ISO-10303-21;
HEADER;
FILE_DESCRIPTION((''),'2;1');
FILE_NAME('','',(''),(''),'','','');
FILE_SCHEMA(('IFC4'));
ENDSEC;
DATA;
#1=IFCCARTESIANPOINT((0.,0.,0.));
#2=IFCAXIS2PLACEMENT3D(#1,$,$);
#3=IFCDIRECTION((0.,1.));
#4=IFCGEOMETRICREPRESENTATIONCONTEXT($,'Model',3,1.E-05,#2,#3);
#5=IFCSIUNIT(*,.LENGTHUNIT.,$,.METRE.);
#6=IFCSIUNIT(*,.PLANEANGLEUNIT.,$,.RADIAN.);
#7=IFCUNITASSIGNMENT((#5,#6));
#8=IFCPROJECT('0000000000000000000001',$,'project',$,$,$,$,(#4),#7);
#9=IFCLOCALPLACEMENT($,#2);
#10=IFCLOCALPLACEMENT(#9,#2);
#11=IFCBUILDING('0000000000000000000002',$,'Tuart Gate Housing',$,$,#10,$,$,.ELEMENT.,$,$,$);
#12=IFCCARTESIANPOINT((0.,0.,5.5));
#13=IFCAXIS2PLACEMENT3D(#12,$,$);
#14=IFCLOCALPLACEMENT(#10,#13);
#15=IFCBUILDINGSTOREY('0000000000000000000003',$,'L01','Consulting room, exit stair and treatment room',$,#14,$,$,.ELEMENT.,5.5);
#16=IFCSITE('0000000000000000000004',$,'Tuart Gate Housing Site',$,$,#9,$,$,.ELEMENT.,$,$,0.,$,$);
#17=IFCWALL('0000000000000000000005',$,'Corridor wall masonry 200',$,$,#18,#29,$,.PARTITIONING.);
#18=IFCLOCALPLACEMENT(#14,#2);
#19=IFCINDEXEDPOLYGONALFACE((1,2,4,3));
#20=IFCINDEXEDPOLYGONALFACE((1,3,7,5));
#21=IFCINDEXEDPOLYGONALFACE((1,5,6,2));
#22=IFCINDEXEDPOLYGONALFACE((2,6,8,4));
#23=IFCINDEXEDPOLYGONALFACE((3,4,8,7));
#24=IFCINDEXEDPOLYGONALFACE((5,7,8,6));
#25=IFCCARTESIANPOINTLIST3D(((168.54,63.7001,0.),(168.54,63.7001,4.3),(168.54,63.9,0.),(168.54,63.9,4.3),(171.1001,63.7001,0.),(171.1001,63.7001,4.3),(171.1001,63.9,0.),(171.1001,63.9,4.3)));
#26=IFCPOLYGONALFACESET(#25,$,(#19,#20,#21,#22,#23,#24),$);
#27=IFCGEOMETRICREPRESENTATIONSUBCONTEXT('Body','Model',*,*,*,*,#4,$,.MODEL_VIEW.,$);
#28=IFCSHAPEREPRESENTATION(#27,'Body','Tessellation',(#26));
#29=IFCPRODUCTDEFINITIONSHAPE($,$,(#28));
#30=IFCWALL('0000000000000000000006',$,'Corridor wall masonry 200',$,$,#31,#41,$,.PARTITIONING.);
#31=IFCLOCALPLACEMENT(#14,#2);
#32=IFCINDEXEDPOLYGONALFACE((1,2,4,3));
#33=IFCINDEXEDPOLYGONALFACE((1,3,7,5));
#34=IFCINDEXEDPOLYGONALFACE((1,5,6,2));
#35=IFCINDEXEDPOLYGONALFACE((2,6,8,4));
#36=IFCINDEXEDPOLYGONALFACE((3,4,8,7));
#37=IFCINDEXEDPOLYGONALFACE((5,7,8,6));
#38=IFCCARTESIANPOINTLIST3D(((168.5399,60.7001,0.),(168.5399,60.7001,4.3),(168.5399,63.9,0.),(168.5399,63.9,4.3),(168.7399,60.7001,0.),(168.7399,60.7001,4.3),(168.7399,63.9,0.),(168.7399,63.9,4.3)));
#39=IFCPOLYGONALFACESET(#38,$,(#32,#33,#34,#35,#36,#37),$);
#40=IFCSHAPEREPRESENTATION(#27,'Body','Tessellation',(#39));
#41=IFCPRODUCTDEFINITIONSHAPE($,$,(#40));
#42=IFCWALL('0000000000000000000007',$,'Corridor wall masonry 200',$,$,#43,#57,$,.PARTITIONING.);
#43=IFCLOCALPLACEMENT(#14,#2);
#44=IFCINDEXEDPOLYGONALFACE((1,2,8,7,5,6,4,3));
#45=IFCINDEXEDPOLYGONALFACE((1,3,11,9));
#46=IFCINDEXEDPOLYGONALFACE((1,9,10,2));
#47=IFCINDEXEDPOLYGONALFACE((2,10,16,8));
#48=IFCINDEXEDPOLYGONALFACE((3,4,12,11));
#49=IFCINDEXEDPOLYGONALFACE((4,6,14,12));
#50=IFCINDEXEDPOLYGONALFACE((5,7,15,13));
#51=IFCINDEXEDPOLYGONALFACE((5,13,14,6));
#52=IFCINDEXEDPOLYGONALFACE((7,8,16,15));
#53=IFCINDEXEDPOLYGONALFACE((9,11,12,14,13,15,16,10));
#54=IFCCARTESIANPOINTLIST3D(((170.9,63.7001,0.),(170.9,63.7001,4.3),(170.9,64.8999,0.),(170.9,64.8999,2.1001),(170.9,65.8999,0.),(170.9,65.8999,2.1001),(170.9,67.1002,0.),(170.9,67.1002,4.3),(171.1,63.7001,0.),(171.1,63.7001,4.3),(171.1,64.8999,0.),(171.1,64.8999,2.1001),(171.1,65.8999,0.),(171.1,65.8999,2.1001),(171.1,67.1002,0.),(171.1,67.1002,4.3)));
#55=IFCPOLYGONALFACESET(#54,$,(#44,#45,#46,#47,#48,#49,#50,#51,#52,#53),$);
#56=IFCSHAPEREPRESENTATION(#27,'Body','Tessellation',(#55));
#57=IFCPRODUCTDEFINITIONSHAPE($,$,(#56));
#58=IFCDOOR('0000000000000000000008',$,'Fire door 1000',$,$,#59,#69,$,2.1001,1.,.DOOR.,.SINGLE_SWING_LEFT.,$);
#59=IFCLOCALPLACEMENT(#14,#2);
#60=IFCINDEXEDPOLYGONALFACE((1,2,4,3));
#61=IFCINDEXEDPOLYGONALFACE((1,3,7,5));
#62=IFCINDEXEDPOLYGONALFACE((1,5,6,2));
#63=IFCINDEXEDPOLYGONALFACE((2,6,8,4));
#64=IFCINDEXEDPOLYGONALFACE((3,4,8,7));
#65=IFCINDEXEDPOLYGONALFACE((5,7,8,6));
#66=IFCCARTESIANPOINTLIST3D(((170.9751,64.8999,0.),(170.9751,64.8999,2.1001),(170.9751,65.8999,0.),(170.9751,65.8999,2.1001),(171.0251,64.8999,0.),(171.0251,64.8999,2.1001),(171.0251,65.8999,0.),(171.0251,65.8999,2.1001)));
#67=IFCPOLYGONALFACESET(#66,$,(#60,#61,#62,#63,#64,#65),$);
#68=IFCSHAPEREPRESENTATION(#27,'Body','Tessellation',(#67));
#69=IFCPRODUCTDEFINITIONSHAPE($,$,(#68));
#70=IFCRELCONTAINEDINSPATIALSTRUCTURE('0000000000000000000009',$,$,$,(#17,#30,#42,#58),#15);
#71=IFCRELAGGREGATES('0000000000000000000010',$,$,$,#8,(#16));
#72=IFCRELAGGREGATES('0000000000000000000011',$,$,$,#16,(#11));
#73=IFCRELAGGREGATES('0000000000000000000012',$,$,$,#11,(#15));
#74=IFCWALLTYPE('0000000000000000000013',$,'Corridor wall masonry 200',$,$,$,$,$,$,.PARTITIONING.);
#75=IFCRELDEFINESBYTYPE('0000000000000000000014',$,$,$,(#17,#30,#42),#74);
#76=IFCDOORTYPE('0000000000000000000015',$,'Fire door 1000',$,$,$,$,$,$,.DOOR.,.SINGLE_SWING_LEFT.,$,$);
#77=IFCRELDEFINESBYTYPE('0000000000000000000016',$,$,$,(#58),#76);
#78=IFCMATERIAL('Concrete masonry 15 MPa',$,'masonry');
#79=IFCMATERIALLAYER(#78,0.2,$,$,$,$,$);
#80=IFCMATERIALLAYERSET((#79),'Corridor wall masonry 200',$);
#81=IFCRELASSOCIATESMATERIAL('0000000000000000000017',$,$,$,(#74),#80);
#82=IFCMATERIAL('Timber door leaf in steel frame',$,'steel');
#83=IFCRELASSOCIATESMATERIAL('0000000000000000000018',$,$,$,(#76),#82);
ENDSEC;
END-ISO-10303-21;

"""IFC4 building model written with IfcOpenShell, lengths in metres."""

from ifc_helpers import new_model, si_unit, direction, frame, frame_2d, origin, place, context, subcontext, project, spatial, rectangle, extrude, material, layer, layer_set, type_object, element, fill, save


model = new_model("IFC4")

# Units and contexts
model_context = context("Model", 3, precision=1e-05, world=origin(), true_north=direction((0.0, 1.0)))
body_context = subcontext(model_context, "Body", "Model", "MODEL_VIEW")
ifc_project = project(units=[si_unit("LENGTHUNIT", "METRE"), si_unit("PLANEANGLEUNIT", "RADIAN")], contexts=[model_context])

# Site, building, storey
site_placement = place(None, origin())
site = spatial("IfcSite", under=ifc_project, at=site_placement, Name="Tuart Gate Housing Site", CompositionType="ELEMENT", RefElevation=0.0)
building_placement = place(site_placement, origin())
building = spatial("IfcBuilding", under=site, at=building_placement, Name="Tuart Gate Housing", CompositionType="ELEMENT")
storey_placement = place(building_placement, frame((0.0, 0.0, 5.5)))
storey = spatial("IfcBuildingStorey", under=building, at=storey_placement, Name="L01", Description="Consulting room, exit stair and treatment room", CompositionType="ELEMENT", Elevation=5.5)

# Walls
ifc_material_1 = material(Name="Concrete masonry 15 MPa", Category="masonry")
ifc_layer = layer(ifc_material_1, 0.2)
ifc_layer_set = layer_set([ifc_layer], Name="Corridor wall masonry 200")
wall_type = type_object("IfcWallType", Name="Corridor wall masonry 200", PredefinedType="PARTITIONING", material=ifc_layer_set)
wall_1_placement = place(storey_placement, frame((168.54, 63.8, 0.0), z_axis=(0.0, 0.0, 1.0), x_axis=(1.0, 0.0, 0.0)))
element("IfcWall", 1, at=wall_1_placement, inside=storey, type_object=wall_type, Name="Corridor wall masonry 200", PredefinedType="PARTITIONING", context=body_context, shape_type="SweptSolid", body=[
    extrude(rectangle(XDim=2.5601, YDim=0.2, at=frame_2d((1.28, 0.0))), origin(), (0.0, 0.0, 1.0), 4.3),
])
wall_2_placement = place(storey_placement, frame((168.6399, 60.7, 0.0), z_axis=(0.0, 0.0, 1.0), x_axis=(0.0, 1.0, 0.0)))
element("IfcWall", 2, at=wall_2_placement, inside=storey, type_object=wall_type, Name="Corridor wall masonry 200", PredefinedType="PARTITIONING", context=body_context, shape_type="SweptSolid", body=[
    extrude(rectangle(XDim=3.2, YDim=0.2, at=frame_2d((1.6001, 0.0))), origin(), (0.0, 0.0, 1.0), 4.3),
])

# Wall, opening, door
wall_3_placement = place(storey_placement, frame((171.0, 63.7, 0.0), z_axis=(0.0, 0.0, 1.0), x_axis=(0.0, 1.0, 0.0)))
wall_3 = element("IfcWall", 3, at=wall_3_placement, inside=storey, type_object=wall_type, Name="Corridor wall masonry 200", PredefinedType="PARTITIONING", context=body_context, shape_type="SweptSolid", body=[
    extrude(rectangle(XDim=3.4001, YDim=0.2, at=frame_2d((1.7002, 0.0))), origin(), (0.0, 0.0, 1.0), 4.3),
])
opening_placement = place(wall_3_placement, frame((1.2, 0.0, 0.0)))
opening = element("IfcOpeningElement", 4, at=opening_placement, cuts=wall_3, PredefinedType="OPENING", context=body_context, shape_type="SweptSolid", body=[
    extrude(rectangle(XDim=1.0, YDim=2.1001, at=frame_2d((0.5, 1.05))), frame((0.0, 0.1099, 0.0), z_axis=(0.0, -1.0, 0.0), x_axis=(1.0, 0.0, 0.0)), (0.0, 0.0, 1.0), 0.22),
])
ifc_material_2 = material(Name="Timber door leaf in steel frame", Category="steel")
door_type = type_object("IfcDoorType", Name="Fire door 1000", OperationType="SINGLE_SWING_LEFT", PredefinedType="DOOR", material=ifc_material_2)
door_placement = place(opening_placement, origin())
door = element("IfcDoor", 5, at=door_placement, inside=storey, type_object=door_type, Name="Fire door 1000", OperationType="SINGLE_SWING_LEFT", OverallHeight=2.1001, OverallWidth=1.0, PredefinedType="DOOR", context=body_context, shape_type="SweptSolid", body=[
    extrude(rectangle(XDim=1.0, YDim=2.1001, at=frame_2d((0.5, 1.05))), frame((0.0, 0.0249, 0.0), z_axis=(0.0, -1.0, 0.0), x_axis=(1.0, 0.0, 0.0)), (0.0, 0.0, 1.0), 0.05),
])
fill(opening, door)

save(model, "model.ifc")
